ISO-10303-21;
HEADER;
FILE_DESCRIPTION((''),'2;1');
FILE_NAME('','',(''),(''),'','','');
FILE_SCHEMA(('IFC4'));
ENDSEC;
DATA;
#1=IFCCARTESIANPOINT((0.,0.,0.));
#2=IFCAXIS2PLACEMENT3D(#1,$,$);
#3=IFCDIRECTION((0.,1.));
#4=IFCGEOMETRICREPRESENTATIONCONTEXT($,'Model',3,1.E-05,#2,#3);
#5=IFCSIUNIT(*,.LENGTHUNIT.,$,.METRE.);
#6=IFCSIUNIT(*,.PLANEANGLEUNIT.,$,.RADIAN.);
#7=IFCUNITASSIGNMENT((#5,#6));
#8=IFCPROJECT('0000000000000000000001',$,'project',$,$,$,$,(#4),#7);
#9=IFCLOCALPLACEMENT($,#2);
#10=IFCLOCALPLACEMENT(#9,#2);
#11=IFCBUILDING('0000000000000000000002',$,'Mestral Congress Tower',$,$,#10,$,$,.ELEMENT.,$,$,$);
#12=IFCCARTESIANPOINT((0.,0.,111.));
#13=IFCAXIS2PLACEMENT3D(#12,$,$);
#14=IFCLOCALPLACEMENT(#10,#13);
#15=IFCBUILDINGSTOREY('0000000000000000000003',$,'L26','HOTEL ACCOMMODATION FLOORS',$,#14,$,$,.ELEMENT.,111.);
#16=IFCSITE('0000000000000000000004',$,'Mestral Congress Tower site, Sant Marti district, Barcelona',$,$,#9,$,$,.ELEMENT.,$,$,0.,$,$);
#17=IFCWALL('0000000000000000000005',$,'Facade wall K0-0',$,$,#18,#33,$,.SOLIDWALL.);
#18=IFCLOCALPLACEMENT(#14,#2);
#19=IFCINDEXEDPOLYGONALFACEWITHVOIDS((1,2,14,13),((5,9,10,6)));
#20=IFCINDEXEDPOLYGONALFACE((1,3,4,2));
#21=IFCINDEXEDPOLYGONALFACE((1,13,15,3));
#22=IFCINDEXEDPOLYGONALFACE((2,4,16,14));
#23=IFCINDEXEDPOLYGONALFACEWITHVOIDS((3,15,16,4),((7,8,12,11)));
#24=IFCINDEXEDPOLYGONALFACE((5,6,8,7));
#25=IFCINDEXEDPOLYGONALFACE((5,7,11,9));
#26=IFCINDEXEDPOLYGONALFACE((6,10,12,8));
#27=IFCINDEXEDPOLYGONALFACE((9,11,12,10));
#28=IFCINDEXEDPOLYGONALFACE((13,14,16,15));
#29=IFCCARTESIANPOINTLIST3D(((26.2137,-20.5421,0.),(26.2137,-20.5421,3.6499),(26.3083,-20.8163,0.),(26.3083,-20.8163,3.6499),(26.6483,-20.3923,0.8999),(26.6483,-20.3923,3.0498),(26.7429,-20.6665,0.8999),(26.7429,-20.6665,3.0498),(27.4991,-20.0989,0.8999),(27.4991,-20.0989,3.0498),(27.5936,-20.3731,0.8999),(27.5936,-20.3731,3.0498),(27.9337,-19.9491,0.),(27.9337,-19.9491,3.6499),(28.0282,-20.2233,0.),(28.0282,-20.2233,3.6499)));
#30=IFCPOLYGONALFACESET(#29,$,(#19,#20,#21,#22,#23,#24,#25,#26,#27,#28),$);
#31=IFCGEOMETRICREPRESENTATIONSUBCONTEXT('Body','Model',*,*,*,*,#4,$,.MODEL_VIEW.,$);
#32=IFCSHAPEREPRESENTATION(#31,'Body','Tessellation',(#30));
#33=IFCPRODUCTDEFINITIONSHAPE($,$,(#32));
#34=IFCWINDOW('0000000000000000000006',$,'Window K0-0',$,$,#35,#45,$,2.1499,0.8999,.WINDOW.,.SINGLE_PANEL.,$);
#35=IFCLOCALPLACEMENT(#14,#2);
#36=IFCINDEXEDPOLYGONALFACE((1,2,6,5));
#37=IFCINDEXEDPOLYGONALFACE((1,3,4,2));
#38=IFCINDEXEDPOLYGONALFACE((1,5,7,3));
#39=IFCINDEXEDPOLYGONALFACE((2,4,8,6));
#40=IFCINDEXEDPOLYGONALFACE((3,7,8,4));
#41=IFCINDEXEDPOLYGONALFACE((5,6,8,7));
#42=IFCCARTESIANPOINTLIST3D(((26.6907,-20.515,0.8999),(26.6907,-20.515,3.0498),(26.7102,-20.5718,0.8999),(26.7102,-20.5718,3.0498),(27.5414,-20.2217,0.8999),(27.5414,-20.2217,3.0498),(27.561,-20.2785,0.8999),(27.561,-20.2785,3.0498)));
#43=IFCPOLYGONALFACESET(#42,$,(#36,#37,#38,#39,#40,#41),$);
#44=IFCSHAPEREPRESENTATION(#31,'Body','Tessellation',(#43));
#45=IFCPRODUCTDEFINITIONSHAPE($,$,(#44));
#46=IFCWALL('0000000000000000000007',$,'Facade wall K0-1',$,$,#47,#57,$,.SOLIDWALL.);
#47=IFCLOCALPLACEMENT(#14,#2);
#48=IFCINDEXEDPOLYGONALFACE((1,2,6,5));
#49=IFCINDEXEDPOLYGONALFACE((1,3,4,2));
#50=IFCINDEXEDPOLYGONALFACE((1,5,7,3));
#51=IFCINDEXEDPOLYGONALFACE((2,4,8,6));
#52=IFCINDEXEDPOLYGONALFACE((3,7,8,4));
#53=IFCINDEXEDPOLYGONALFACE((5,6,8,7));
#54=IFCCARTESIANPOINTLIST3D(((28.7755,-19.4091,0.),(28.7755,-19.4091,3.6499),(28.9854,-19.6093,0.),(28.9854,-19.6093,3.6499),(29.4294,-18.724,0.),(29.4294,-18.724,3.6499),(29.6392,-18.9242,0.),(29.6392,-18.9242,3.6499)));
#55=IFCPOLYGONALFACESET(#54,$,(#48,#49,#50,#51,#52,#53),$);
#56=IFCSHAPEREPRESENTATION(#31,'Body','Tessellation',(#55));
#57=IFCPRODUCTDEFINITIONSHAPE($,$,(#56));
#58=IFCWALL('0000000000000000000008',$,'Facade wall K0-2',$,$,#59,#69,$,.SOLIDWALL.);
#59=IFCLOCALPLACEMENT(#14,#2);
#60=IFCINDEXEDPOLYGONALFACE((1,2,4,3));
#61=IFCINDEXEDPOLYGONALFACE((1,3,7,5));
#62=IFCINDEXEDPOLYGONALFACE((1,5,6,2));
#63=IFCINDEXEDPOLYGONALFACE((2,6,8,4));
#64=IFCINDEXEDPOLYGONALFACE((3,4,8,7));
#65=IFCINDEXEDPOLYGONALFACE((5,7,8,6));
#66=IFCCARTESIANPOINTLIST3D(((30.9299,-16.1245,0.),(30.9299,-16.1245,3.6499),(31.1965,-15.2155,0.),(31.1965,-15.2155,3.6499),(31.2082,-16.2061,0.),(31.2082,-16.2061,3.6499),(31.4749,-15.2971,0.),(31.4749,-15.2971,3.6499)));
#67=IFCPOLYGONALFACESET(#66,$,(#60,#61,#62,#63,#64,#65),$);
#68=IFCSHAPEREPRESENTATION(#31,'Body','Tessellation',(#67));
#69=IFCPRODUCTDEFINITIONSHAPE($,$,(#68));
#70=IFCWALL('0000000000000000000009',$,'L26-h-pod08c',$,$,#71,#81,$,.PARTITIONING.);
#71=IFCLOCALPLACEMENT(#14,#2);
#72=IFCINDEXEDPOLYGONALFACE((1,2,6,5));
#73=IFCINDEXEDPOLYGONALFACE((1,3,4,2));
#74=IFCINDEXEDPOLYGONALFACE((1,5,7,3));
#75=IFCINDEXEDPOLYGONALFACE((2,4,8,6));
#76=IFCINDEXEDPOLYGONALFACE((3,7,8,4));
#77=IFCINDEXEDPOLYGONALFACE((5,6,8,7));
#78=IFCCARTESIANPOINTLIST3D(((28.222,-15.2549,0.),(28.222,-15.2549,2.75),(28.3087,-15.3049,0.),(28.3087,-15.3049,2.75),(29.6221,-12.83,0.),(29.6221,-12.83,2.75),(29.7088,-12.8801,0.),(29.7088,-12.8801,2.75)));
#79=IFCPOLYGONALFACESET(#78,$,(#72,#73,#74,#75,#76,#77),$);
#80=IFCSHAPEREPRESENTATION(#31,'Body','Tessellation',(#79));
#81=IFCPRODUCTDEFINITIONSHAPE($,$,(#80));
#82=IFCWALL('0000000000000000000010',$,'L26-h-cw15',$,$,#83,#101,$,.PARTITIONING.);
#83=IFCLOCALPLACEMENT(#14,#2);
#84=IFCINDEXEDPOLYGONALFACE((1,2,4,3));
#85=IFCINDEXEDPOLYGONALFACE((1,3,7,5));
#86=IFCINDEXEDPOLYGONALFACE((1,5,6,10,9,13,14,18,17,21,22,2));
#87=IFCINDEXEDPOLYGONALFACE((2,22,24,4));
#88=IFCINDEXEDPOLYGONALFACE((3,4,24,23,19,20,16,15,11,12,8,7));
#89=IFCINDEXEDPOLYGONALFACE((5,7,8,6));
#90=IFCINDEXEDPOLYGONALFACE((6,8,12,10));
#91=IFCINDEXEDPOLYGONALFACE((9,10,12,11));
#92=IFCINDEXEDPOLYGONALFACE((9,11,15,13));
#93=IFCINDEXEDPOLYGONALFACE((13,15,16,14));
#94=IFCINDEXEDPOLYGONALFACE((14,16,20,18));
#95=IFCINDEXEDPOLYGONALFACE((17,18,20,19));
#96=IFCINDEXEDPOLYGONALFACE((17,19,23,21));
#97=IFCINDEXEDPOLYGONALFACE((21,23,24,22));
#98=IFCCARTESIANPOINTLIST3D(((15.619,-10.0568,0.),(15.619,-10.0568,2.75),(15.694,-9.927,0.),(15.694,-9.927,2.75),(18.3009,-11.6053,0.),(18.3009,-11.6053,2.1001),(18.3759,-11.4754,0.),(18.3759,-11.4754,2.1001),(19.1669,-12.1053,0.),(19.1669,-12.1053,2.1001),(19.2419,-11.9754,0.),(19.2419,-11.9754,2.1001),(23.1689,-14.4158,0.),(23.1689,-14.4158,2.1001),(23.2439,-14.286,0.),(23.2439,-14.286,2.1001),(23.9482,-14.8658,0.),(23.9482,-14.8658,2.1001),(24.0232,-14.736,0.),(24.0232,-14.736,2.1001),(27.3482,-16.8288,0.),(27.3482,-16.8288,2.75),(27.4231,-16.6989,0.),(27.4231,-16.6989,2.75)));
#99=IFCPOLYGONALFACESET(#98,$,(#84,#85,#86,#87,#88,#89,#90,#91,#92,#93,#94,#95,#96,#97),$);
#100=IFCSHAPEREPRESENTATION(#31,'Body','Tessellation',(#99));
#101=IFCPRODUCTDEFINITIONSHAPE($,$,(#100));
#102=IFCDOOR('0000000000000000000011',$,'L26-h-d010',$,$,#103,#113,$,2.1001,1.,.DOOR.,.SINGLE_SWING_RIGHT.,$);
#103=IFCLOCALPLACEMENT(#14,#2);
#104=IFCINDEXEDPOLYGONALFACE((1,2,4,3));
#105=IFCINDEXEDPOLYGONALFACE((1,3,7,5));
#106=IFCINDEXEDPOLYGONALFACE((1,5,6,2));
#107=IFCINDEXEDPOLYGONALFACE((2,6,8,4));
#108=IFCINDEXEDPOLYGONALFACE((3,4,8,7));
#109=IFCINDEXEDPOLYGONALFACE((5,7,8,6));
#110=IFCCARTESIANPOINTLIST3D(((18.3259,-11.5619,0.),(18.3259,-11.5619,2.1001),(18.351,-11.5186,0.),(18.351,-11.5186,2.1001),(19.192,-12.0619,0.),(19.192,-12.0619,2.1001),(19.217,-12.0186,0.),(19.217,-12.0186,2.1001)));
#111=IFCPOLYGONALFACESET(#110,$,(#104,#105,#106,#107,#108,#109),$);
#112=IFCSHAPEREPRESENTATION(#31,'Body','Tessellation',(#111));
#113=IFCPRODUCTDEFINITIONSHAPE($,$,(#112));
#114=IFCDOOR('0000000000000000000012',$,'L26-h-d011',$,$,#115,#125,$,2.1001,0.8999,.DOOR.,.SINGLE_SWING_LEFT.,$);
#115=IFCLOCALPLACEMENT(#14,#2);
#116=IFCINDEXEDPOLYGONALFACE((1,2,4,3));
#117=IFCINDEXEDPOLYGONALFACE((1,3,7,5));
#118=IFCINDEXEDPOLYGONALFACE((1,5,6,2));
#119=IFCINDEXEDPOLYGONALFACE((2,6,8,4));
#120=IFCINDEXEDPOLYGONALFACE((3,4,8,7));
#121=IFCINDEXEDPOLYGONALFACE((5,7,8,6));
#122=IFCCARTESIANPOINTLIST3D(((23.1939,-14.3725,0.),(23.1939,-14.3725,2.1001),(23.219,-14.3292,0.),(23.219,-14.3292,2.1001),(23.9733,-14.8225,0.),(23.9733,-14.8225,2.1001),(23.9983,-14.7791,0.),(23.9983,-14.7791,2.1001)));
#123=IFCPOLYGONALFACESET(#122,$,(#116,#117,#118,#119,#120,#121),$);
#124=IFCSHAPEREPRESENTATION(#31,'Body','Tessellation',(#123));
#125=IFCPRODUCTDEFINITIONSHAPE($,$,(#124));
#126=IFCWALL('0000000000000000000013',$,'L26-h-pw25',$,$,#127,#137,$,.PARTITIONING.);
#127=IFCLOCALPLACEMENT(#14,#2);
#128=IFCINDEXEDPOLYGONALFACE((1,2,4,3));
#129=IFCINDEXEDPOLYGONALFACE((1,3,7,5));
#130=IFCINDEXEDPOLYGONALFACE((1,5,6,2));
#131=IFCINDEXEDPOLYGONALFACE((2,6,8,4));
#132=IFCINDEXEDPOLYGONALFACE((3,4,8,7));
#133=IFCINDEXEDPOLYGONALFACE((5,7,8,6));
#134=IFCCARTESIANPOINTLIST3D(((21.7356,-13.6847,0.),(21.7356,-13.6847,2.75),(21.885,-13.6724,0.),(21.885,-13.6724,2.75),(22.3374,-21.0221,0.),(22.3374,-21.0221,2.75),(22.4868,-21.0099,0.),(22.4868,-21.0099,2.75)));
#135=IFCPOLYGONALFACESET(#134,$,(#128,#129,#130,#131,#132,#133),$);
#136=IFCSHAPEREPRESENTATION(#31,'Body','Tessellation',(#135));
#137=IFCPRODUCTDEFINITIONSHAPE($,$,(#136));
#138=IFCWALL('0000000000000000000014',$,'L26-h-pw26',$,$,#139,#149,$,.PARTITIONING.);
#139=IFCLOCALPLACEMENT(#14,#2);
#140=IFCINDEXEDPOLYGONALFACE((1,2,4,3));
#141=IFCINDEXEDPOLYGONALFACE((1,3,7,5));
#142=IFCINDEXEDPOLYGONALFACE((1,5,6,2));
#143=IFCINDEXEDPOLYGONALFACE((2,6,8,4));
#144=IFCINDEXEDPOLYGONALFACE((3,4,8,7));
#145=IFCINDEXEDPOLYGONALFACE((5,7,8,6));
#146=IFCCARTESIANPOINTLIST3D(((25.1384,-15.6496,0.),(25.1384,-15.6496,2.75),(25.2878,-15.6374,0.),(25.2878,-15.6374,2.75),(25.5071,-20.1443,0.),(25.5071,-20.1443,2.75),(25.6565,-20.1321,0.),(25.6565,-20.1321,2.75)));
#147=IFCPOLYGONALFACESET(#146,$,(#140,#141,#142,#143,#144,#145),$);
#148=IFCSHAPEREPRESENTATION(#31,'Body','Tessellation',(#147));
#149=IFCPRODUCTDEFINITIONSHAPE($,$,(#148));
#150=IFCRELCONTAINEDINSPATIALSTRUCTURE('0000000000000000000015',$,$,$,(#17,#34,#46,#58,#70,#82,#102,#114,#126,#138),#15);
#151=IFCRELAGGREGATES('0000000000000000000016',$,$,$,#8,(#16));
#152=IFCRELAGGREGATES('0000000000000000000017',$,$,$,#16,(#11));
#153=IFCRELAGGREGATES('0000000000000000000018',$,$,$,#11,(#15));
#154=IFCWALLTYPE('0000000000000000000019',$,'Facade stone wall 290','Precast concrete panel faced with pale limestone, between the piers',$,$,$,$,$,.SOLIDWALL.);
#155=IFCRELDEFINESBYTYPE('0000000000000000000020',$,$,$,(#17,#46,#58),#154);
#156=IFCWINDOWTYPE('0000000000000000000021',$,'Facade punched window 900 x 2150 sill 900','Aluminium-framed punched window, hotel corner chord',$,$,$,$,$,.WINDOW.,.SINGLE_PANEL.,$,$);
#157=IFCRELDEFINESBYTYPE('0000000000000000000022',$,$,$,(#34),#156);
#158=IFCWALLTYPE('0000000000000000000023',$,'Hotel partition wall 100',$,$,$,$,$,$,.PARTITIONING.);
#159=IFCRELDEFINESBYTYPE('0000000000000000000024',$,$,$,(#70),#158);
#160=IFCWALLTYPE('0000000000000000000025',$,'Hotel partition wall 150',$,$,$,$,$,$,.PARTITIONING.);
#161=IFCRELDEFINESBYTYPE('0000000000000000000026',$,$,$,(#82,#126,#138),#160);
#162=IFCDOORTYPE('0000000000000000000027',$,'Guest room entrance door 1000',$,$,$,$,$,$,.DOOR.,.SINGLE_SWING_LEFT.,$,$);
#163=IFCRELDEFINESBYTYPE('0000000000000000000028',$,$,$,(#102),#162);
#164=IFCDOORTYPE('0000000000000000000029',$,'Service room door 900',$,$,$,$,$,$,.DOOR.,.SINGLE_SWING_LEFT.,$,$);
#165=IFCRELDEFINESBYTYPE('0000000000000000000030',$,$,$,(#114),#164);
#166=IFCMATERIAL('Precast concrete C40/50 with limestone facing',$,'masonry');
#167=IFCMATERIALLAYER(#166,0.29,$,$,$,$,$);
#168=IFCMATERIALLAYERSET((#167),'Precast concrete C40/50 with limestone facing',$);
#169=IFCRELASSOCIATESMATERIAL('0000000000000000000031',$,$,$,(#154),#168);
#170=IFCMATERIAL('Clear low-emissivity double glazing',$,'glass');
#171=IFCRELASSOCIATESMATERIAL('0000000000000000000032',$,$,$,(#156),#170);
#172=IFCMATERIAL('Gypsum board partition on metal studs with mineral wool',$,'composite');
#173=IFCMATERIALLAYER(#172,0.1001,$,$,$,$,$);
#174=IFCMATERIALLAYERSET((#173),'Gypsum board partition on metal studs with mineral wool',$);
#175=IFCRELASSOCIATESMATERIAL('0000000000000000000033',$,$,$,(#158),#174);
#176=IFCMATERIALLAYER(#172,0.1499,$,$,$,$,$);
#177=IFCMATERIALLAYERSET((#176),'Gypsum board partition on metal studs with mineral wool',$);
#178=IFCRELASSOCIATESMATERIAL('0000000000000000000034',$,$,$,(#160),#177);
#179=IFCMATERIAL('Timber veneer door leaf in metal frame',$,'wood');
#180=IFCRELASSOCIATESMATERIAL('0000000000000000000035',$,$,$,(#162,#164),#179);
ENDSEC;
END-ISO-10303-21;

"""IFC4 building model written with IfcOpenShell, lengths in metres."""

from ifc_helpers import new_model, si_unit, direction, frame, frame_2d, origin, place, context, subcontext, project, spatial, rectangle, extrude, material, layer, layer_set, type_object, element, fill, save


model = new_model("IFC4")

# Units and contexts
model_context = context("Model", 3, precision=1e-05, world=origin(), true_north=direction((0.0, 1.0)))
body_context = subcontext(model_context, "Body", "Model", "MODEL_VIEW")
ifc_project = project(units=[si_unit("LENGTHUNIT", "METRE"), si_unit("PLANEANGLEUNIT", "RADIAN")], contexts=[model_context])

# Site, building, storey
site_placement = place(None, origin())
site = spatial("IfcSite", under=ifc_project, at=site_placement, Name="Mestral Congress Tower site, Sant Marti district, Barcelona", CompositionType="ELEMENT", RefElevation=0.0)
building_placement = place(site_placement, origin())
building = spatial("IfcBuilding", under=site, at=building_placement, Name="Mestral Congress Tower", CompositionType="ELEMENT")
storey_placement = place(building_placement, frame((0.0, 0.0, 111.0)))
storey = spatial("IfcBuildingStorey", under=building, at=storey_placement, Name="L26", Description="HOTEL ACCOMMODATION FLOORS", CompositionType="ELEMENT", Elevation=111.0)

# Shared definitions
ifc_material_1 = material(Name="Precast concrete C40/50 with limestone facing", Category="masonry")
ifc_layer_1 = layer(ifc_material_1, 0.29)
ifc_layer_set_1 = layer_set([ifc_layer_1], Name="Precast concrete C40/50 with limestone facing")
wall_type_1 = type_object("IfcWallType", Name="Facade stone wall 290", Description="Precast concrete panel faced with pale limestone, between the piers", PredefinedType="SOLIDWALL", material=ifc_layer_set_1)
ifc_material_2 = material(Name="Clear low-emissivity double glazing", Category="glass")

# Wall, opening, window
wall_1_placement = place(storey_placement, frame((26.261, -20.6792, 0.0), z_axis=(0.0, 0.0, 1.0), x_axis=(0.945386, 0.325953, 0.0)))
wall_1 = element("IfcWall", 1, at=wall_1_placement, inside=storey, type_object=wall_type_1, Name="Facade wall K0-0", PredefinedType="SOLIDWALL", context=body_context, shape_type="SweptSolid", body=[
    extrude(rectangle(XDim=1.8193, YDim=0.29, at=frame_2d((0.9097, 0.0))), origin(), (0.0, 0.0, 1.0), 3.6499),
])
opening_1_placement = place(wall_1_placement, frame((0.4597, 0.0, 0.8999)))
opening_1 = element("IfcOpeningElement", 2, at=opening_1_placement, cuts=wall_1, PredefinedType="OPENING", context=body_context, shape_type="SweptSolid", body=[
    extrude(rectangle(XDim=0.8999, YDim=2.1499, at=frame_2d((0.45, 1.075))), frame((0.0, 0.155, 0.0), z_axis=(0.0, -1.0, 0.0), x_axis=(1.0, 0.0, 0.0)), (0.0, 0.0, 1.0), 0.3101),
])
window_type_1 = type_object("IfcWindowType", Name="Facade punched window 900 x 2150 sill 900", Description="Aluminium-framed punched window, hotel corner chord", PartitioningType="SINGLE_PANEL", PredefinedType="WINDOW", material=ifc_material_2)
window_1_placement = place(opening_1_placement, origin())
window_1 = element("IfcWindow", 3, at=window_1_placement, inside=storey, type_object=window_type_1, Name="Window K0-0", OverallHeight=2.1499, OverallWidth=0.8999, PartitioningType="SINGLE_PANEL", PredefinedType="WINDOW", context=body_context, shape_type="SweptSolid", body=[
    extrude(rectangle(XDim=0.8999, YDim=2.1499, at=frame_2d((0.45, 1.075))), frame((0.0, 0.0151, 0.0), z_axis=(0.0, -1.0, 0.0), x_axis=(1.0, 0.0, 0.0)), (0.0, 0.0, 1.0), 0.0601),
])
fill(opening_1, window_1)

# Walls
wall_2_placement = place(storey_placement, frame((28.8804, -19.5093, 0.0), z_axis=(0.0, 0.0, 1.0), x_axis=(0.690414, 0.723414, 0.0)))
element("IfcWall", 4, at=wall_2_placement, inside=storey, type_object=wall_type_1, Name="Facade wall K0-1", PredefinedType="SOLIDWALL", context=body_context, shape_type="SweptSolid", body=[
    extrude(rectangle(XDim=0.947, YDim=0.29, at=frame_2d((0.4736, 0.0))), origin(), (0.0, 0.0, 1.0), 3.6499),
])
wall_3_placement = place(storey_placement, frame((31.0691, -16.1653, 0.0), z_axis=(0.0, 0.0, 1.0), x_axis=(0.281455, 0.959575, 0.0)))
element("IfcWall", 5, at=wall_3_placement, inside=storey, type_object=wall_type_1, Name="Facade wall K0-2", PredefinedType="SOLIDWALL", context=body_context, shape_type="SweptSolid", body=[
    extrude(rectangle(XDim=0.9473, YDim=0.29, at=frame_2d((0.4736, 0.0))), origin(), (0.0, 0.0, 1.0), 3.6499),
])
ifc_material_3 = material(Name="Gypsum board partition on metal studs with mineral wool", Category="composite")
ifc_layer_2 = layer(ifc_material_3, 0.1001)
ifc_layer_set_2 = layer_set([ifc_layer_2], Name="Gypsum board partition on metal studs with mineral wool")
wall_type_2 = type_object("IfcWallType", Name="Hotel partition wall 100", PredefinedType="PARTITIONING", material=ifc_layer_set_2)
wall_4_placement = place(storey_placement, frame((28.2654, -15.2798, 0.0), z_axis=(0.0, 0.0, 1.0), x_axis=(0.50005, 0.865997, 0.0)))
element("IfcWall", 6, at=wall_4_placement, inside=storey, type_object=wall_type_2, Name="L26-h-pod08c", PredefinedType="PARTITIONING", context=body_context, shape_type="SweptSolid", body=[
    extrude(rectangle(XDim=2.8, YDim=0.1001, at=frame_2d((1.3999, 0.0))), origin(), (0.0, 0.0, 1.0), 2.75),
])

# Wall, openings, doors
ifc_layer_3 = layer(ifc_material_3, 0.1499)
ifc_layer_set_3 = layer_set([ifc_layer_3], Name="Gypsum board partition on metal studs with mineral wool")
wall_type_3 = type_object("IfcWallType", Name="Hotel partition wall 150", PredefinedType="PARTITIONING", material=ifc_layer_set_3)
wall_5_placement = place(storey_placement, frame((27.3857, -16.7639, 0.0), z_axis=(0.0, 0.0, 1.0), x_axis=(-0.866023, 0.500005, 0.0)))
wall_5 = element("IfcWall", 7, at=wall_5_placement, inside=storey, type_object=wall_type_3, Name="L26-h-cw15", PredefinedType="PARTITIONING", context=body_context, shape_type="SweptSolid", body=[
    extrude(rectangle(XDim=13.5437, YDim=0.1499, at=frame_2d((6.772, 0.0))), origin(), (0.0, 0.0, 1.0), 2.75),
])
opening_2_placement = place(wall_5_placement, frame((9.447, 0.0, 0.0)))
opening_2 = element("IfcOpeningElement", 8, at=opening_2_placement, cuts=wall_5, PredefinedType="OPENING", context=body_context, shape_type="SweptSolid", body=[
    extrude(rectangle(XDim=1.0, YDim=2.1001, at=frame_2d((0.5, 1.05))), frame((0.0, 0.085, 0.0), z_axis=(0.0, -1.0, 0.0), x_axis=(1.0, 0.0, 0.0)), (0.0, 0.0, 1.0), 0.1699),
])
opening_3_placement = place(wall_5_placement, frame((3.926, 0.0, 0.0)))
opening_3 = element("IfcOpeningElement", 9, at=opening_3_placement, cuts=wall_5, PredefinedType="OPENING", context=body_context, shape_type="SweptSolid", body=[
    extrude(rectangle(XDim=0.8999, YDim=2.1001, at=frame_2d((0.45, 1.05))), frame((0.0, 0.085, 0.0), z_axis=(0.0, -1.0, 0.0), x_axis=(1.0, 0.0, 0.0)), (0.0, 0.0, 1.0), 0.1699),
])
ifc_material_4 = material(Name="Timber veneer door leaf in metal frame", Category="wood")
door_type_1 = type_object("IfcDoorType", Name="Guest room entrance door 1000", OperationType="SINGLE_SWING_LEFT", PredefinedType="DOOR", material=ifc_material_4)
door_1_placement = place(opening_2_placement, origin())
door_1 = element("IfcDoor", 10, at=door_1_placement, inside=storey, type_object=door_type_1, Name="L26-h-d010", OperationType="SINGLE_SWING_RIGHT", OverallHeight=2.1001, OverallWidth=1.0, PredefinedType="DOOR", context=body_context, shape_type="SweptSolid", body=[
    extrude(rectangle(XDim=1.0, YDim=2.1001, at=frame_2d((0.5, 1.05))), frame((0.0, 0.0249, 0.0), z_axis=(0.0, -1.0, 0.0), x_axis=(1.0, 0.0, 0.0)), (0.0, 0.0, 1.0), 0.05),
])
fill(opening_2, door_1)
door_type_2 = type_object("IfcDoorType", Name="Service room door 900", OperationType="SINGLE_SWING_LEFT", PredefinedType="DOOR", material=ifc_material_4)
door_2_placement = place(opening_3_placement, origin())
door_2 = element("IfcDoor", 11, at=door_2_placement, inside=storey, type_object=door_type_2, Name="L26-h-d011", OperationType="SINGLE_SWING_LEFT", OverallHeight=2.1001, OverallWidth=0.8999, PredefinedType="DOOR", context=body_context, shape_type="SweptSolid", body=[
    extrude(rectangle(XDim=0.8999, YDim=2.1001, at=frame_2d((0.45, 1.05))), frame((0.0, 0.0249, 0.0), z_axis=(0.0, -1.0, 0.0), x_axis=(1.0, 0.0, 0.0)), (0.0, 0.0, 1.0), 0.05),
])
fill(opening_3, door_2)

# Walls
wall_6_placement = place(storey_placement, frame((22.4121, -21.0161, 0.0), z_axis=(0.0, 0.0, 1.0), x_axis=(-0.081745, 0.996653, 0.0)))
element("IfcWall", 12, at=wall_6_placement, inside=storey, type_object=wall_type_3, Name="L26-h-pw25", PredefinedType="PARTITIONING", context=body_context, shape_type="SweptSolid", body=[
    extrude(rectangle(XDim=7.3621, YDim=0.1499, at=frame_2d((3.6812, 0.0))), origin(), (0.0, 0.0, 1.0), 2.75),
])
wall_7_placement = place(storey_placement, frame((25.5818, -20.1382, 0.0), z_axis=(0.0, 0.0, 1.0), x_axis=(-0.081746, 0.996653, 0.0)))
element("IfcWall", 13, at=wall_7_placement, inside=storey, type_object=wall_type_3, Name="L26-h-pw26", PredefinedType="PARTITIONING", context=body_context, shape_type="SweptSolid", body=[
    extrude(rectangle(XDim=4.5098, YDim=0.1499, at=frame_2d((2.2549, 0.0))), origin(), (0.0, 0.0, 1.0), 2.75),
])

save(model, "model.ifc")
